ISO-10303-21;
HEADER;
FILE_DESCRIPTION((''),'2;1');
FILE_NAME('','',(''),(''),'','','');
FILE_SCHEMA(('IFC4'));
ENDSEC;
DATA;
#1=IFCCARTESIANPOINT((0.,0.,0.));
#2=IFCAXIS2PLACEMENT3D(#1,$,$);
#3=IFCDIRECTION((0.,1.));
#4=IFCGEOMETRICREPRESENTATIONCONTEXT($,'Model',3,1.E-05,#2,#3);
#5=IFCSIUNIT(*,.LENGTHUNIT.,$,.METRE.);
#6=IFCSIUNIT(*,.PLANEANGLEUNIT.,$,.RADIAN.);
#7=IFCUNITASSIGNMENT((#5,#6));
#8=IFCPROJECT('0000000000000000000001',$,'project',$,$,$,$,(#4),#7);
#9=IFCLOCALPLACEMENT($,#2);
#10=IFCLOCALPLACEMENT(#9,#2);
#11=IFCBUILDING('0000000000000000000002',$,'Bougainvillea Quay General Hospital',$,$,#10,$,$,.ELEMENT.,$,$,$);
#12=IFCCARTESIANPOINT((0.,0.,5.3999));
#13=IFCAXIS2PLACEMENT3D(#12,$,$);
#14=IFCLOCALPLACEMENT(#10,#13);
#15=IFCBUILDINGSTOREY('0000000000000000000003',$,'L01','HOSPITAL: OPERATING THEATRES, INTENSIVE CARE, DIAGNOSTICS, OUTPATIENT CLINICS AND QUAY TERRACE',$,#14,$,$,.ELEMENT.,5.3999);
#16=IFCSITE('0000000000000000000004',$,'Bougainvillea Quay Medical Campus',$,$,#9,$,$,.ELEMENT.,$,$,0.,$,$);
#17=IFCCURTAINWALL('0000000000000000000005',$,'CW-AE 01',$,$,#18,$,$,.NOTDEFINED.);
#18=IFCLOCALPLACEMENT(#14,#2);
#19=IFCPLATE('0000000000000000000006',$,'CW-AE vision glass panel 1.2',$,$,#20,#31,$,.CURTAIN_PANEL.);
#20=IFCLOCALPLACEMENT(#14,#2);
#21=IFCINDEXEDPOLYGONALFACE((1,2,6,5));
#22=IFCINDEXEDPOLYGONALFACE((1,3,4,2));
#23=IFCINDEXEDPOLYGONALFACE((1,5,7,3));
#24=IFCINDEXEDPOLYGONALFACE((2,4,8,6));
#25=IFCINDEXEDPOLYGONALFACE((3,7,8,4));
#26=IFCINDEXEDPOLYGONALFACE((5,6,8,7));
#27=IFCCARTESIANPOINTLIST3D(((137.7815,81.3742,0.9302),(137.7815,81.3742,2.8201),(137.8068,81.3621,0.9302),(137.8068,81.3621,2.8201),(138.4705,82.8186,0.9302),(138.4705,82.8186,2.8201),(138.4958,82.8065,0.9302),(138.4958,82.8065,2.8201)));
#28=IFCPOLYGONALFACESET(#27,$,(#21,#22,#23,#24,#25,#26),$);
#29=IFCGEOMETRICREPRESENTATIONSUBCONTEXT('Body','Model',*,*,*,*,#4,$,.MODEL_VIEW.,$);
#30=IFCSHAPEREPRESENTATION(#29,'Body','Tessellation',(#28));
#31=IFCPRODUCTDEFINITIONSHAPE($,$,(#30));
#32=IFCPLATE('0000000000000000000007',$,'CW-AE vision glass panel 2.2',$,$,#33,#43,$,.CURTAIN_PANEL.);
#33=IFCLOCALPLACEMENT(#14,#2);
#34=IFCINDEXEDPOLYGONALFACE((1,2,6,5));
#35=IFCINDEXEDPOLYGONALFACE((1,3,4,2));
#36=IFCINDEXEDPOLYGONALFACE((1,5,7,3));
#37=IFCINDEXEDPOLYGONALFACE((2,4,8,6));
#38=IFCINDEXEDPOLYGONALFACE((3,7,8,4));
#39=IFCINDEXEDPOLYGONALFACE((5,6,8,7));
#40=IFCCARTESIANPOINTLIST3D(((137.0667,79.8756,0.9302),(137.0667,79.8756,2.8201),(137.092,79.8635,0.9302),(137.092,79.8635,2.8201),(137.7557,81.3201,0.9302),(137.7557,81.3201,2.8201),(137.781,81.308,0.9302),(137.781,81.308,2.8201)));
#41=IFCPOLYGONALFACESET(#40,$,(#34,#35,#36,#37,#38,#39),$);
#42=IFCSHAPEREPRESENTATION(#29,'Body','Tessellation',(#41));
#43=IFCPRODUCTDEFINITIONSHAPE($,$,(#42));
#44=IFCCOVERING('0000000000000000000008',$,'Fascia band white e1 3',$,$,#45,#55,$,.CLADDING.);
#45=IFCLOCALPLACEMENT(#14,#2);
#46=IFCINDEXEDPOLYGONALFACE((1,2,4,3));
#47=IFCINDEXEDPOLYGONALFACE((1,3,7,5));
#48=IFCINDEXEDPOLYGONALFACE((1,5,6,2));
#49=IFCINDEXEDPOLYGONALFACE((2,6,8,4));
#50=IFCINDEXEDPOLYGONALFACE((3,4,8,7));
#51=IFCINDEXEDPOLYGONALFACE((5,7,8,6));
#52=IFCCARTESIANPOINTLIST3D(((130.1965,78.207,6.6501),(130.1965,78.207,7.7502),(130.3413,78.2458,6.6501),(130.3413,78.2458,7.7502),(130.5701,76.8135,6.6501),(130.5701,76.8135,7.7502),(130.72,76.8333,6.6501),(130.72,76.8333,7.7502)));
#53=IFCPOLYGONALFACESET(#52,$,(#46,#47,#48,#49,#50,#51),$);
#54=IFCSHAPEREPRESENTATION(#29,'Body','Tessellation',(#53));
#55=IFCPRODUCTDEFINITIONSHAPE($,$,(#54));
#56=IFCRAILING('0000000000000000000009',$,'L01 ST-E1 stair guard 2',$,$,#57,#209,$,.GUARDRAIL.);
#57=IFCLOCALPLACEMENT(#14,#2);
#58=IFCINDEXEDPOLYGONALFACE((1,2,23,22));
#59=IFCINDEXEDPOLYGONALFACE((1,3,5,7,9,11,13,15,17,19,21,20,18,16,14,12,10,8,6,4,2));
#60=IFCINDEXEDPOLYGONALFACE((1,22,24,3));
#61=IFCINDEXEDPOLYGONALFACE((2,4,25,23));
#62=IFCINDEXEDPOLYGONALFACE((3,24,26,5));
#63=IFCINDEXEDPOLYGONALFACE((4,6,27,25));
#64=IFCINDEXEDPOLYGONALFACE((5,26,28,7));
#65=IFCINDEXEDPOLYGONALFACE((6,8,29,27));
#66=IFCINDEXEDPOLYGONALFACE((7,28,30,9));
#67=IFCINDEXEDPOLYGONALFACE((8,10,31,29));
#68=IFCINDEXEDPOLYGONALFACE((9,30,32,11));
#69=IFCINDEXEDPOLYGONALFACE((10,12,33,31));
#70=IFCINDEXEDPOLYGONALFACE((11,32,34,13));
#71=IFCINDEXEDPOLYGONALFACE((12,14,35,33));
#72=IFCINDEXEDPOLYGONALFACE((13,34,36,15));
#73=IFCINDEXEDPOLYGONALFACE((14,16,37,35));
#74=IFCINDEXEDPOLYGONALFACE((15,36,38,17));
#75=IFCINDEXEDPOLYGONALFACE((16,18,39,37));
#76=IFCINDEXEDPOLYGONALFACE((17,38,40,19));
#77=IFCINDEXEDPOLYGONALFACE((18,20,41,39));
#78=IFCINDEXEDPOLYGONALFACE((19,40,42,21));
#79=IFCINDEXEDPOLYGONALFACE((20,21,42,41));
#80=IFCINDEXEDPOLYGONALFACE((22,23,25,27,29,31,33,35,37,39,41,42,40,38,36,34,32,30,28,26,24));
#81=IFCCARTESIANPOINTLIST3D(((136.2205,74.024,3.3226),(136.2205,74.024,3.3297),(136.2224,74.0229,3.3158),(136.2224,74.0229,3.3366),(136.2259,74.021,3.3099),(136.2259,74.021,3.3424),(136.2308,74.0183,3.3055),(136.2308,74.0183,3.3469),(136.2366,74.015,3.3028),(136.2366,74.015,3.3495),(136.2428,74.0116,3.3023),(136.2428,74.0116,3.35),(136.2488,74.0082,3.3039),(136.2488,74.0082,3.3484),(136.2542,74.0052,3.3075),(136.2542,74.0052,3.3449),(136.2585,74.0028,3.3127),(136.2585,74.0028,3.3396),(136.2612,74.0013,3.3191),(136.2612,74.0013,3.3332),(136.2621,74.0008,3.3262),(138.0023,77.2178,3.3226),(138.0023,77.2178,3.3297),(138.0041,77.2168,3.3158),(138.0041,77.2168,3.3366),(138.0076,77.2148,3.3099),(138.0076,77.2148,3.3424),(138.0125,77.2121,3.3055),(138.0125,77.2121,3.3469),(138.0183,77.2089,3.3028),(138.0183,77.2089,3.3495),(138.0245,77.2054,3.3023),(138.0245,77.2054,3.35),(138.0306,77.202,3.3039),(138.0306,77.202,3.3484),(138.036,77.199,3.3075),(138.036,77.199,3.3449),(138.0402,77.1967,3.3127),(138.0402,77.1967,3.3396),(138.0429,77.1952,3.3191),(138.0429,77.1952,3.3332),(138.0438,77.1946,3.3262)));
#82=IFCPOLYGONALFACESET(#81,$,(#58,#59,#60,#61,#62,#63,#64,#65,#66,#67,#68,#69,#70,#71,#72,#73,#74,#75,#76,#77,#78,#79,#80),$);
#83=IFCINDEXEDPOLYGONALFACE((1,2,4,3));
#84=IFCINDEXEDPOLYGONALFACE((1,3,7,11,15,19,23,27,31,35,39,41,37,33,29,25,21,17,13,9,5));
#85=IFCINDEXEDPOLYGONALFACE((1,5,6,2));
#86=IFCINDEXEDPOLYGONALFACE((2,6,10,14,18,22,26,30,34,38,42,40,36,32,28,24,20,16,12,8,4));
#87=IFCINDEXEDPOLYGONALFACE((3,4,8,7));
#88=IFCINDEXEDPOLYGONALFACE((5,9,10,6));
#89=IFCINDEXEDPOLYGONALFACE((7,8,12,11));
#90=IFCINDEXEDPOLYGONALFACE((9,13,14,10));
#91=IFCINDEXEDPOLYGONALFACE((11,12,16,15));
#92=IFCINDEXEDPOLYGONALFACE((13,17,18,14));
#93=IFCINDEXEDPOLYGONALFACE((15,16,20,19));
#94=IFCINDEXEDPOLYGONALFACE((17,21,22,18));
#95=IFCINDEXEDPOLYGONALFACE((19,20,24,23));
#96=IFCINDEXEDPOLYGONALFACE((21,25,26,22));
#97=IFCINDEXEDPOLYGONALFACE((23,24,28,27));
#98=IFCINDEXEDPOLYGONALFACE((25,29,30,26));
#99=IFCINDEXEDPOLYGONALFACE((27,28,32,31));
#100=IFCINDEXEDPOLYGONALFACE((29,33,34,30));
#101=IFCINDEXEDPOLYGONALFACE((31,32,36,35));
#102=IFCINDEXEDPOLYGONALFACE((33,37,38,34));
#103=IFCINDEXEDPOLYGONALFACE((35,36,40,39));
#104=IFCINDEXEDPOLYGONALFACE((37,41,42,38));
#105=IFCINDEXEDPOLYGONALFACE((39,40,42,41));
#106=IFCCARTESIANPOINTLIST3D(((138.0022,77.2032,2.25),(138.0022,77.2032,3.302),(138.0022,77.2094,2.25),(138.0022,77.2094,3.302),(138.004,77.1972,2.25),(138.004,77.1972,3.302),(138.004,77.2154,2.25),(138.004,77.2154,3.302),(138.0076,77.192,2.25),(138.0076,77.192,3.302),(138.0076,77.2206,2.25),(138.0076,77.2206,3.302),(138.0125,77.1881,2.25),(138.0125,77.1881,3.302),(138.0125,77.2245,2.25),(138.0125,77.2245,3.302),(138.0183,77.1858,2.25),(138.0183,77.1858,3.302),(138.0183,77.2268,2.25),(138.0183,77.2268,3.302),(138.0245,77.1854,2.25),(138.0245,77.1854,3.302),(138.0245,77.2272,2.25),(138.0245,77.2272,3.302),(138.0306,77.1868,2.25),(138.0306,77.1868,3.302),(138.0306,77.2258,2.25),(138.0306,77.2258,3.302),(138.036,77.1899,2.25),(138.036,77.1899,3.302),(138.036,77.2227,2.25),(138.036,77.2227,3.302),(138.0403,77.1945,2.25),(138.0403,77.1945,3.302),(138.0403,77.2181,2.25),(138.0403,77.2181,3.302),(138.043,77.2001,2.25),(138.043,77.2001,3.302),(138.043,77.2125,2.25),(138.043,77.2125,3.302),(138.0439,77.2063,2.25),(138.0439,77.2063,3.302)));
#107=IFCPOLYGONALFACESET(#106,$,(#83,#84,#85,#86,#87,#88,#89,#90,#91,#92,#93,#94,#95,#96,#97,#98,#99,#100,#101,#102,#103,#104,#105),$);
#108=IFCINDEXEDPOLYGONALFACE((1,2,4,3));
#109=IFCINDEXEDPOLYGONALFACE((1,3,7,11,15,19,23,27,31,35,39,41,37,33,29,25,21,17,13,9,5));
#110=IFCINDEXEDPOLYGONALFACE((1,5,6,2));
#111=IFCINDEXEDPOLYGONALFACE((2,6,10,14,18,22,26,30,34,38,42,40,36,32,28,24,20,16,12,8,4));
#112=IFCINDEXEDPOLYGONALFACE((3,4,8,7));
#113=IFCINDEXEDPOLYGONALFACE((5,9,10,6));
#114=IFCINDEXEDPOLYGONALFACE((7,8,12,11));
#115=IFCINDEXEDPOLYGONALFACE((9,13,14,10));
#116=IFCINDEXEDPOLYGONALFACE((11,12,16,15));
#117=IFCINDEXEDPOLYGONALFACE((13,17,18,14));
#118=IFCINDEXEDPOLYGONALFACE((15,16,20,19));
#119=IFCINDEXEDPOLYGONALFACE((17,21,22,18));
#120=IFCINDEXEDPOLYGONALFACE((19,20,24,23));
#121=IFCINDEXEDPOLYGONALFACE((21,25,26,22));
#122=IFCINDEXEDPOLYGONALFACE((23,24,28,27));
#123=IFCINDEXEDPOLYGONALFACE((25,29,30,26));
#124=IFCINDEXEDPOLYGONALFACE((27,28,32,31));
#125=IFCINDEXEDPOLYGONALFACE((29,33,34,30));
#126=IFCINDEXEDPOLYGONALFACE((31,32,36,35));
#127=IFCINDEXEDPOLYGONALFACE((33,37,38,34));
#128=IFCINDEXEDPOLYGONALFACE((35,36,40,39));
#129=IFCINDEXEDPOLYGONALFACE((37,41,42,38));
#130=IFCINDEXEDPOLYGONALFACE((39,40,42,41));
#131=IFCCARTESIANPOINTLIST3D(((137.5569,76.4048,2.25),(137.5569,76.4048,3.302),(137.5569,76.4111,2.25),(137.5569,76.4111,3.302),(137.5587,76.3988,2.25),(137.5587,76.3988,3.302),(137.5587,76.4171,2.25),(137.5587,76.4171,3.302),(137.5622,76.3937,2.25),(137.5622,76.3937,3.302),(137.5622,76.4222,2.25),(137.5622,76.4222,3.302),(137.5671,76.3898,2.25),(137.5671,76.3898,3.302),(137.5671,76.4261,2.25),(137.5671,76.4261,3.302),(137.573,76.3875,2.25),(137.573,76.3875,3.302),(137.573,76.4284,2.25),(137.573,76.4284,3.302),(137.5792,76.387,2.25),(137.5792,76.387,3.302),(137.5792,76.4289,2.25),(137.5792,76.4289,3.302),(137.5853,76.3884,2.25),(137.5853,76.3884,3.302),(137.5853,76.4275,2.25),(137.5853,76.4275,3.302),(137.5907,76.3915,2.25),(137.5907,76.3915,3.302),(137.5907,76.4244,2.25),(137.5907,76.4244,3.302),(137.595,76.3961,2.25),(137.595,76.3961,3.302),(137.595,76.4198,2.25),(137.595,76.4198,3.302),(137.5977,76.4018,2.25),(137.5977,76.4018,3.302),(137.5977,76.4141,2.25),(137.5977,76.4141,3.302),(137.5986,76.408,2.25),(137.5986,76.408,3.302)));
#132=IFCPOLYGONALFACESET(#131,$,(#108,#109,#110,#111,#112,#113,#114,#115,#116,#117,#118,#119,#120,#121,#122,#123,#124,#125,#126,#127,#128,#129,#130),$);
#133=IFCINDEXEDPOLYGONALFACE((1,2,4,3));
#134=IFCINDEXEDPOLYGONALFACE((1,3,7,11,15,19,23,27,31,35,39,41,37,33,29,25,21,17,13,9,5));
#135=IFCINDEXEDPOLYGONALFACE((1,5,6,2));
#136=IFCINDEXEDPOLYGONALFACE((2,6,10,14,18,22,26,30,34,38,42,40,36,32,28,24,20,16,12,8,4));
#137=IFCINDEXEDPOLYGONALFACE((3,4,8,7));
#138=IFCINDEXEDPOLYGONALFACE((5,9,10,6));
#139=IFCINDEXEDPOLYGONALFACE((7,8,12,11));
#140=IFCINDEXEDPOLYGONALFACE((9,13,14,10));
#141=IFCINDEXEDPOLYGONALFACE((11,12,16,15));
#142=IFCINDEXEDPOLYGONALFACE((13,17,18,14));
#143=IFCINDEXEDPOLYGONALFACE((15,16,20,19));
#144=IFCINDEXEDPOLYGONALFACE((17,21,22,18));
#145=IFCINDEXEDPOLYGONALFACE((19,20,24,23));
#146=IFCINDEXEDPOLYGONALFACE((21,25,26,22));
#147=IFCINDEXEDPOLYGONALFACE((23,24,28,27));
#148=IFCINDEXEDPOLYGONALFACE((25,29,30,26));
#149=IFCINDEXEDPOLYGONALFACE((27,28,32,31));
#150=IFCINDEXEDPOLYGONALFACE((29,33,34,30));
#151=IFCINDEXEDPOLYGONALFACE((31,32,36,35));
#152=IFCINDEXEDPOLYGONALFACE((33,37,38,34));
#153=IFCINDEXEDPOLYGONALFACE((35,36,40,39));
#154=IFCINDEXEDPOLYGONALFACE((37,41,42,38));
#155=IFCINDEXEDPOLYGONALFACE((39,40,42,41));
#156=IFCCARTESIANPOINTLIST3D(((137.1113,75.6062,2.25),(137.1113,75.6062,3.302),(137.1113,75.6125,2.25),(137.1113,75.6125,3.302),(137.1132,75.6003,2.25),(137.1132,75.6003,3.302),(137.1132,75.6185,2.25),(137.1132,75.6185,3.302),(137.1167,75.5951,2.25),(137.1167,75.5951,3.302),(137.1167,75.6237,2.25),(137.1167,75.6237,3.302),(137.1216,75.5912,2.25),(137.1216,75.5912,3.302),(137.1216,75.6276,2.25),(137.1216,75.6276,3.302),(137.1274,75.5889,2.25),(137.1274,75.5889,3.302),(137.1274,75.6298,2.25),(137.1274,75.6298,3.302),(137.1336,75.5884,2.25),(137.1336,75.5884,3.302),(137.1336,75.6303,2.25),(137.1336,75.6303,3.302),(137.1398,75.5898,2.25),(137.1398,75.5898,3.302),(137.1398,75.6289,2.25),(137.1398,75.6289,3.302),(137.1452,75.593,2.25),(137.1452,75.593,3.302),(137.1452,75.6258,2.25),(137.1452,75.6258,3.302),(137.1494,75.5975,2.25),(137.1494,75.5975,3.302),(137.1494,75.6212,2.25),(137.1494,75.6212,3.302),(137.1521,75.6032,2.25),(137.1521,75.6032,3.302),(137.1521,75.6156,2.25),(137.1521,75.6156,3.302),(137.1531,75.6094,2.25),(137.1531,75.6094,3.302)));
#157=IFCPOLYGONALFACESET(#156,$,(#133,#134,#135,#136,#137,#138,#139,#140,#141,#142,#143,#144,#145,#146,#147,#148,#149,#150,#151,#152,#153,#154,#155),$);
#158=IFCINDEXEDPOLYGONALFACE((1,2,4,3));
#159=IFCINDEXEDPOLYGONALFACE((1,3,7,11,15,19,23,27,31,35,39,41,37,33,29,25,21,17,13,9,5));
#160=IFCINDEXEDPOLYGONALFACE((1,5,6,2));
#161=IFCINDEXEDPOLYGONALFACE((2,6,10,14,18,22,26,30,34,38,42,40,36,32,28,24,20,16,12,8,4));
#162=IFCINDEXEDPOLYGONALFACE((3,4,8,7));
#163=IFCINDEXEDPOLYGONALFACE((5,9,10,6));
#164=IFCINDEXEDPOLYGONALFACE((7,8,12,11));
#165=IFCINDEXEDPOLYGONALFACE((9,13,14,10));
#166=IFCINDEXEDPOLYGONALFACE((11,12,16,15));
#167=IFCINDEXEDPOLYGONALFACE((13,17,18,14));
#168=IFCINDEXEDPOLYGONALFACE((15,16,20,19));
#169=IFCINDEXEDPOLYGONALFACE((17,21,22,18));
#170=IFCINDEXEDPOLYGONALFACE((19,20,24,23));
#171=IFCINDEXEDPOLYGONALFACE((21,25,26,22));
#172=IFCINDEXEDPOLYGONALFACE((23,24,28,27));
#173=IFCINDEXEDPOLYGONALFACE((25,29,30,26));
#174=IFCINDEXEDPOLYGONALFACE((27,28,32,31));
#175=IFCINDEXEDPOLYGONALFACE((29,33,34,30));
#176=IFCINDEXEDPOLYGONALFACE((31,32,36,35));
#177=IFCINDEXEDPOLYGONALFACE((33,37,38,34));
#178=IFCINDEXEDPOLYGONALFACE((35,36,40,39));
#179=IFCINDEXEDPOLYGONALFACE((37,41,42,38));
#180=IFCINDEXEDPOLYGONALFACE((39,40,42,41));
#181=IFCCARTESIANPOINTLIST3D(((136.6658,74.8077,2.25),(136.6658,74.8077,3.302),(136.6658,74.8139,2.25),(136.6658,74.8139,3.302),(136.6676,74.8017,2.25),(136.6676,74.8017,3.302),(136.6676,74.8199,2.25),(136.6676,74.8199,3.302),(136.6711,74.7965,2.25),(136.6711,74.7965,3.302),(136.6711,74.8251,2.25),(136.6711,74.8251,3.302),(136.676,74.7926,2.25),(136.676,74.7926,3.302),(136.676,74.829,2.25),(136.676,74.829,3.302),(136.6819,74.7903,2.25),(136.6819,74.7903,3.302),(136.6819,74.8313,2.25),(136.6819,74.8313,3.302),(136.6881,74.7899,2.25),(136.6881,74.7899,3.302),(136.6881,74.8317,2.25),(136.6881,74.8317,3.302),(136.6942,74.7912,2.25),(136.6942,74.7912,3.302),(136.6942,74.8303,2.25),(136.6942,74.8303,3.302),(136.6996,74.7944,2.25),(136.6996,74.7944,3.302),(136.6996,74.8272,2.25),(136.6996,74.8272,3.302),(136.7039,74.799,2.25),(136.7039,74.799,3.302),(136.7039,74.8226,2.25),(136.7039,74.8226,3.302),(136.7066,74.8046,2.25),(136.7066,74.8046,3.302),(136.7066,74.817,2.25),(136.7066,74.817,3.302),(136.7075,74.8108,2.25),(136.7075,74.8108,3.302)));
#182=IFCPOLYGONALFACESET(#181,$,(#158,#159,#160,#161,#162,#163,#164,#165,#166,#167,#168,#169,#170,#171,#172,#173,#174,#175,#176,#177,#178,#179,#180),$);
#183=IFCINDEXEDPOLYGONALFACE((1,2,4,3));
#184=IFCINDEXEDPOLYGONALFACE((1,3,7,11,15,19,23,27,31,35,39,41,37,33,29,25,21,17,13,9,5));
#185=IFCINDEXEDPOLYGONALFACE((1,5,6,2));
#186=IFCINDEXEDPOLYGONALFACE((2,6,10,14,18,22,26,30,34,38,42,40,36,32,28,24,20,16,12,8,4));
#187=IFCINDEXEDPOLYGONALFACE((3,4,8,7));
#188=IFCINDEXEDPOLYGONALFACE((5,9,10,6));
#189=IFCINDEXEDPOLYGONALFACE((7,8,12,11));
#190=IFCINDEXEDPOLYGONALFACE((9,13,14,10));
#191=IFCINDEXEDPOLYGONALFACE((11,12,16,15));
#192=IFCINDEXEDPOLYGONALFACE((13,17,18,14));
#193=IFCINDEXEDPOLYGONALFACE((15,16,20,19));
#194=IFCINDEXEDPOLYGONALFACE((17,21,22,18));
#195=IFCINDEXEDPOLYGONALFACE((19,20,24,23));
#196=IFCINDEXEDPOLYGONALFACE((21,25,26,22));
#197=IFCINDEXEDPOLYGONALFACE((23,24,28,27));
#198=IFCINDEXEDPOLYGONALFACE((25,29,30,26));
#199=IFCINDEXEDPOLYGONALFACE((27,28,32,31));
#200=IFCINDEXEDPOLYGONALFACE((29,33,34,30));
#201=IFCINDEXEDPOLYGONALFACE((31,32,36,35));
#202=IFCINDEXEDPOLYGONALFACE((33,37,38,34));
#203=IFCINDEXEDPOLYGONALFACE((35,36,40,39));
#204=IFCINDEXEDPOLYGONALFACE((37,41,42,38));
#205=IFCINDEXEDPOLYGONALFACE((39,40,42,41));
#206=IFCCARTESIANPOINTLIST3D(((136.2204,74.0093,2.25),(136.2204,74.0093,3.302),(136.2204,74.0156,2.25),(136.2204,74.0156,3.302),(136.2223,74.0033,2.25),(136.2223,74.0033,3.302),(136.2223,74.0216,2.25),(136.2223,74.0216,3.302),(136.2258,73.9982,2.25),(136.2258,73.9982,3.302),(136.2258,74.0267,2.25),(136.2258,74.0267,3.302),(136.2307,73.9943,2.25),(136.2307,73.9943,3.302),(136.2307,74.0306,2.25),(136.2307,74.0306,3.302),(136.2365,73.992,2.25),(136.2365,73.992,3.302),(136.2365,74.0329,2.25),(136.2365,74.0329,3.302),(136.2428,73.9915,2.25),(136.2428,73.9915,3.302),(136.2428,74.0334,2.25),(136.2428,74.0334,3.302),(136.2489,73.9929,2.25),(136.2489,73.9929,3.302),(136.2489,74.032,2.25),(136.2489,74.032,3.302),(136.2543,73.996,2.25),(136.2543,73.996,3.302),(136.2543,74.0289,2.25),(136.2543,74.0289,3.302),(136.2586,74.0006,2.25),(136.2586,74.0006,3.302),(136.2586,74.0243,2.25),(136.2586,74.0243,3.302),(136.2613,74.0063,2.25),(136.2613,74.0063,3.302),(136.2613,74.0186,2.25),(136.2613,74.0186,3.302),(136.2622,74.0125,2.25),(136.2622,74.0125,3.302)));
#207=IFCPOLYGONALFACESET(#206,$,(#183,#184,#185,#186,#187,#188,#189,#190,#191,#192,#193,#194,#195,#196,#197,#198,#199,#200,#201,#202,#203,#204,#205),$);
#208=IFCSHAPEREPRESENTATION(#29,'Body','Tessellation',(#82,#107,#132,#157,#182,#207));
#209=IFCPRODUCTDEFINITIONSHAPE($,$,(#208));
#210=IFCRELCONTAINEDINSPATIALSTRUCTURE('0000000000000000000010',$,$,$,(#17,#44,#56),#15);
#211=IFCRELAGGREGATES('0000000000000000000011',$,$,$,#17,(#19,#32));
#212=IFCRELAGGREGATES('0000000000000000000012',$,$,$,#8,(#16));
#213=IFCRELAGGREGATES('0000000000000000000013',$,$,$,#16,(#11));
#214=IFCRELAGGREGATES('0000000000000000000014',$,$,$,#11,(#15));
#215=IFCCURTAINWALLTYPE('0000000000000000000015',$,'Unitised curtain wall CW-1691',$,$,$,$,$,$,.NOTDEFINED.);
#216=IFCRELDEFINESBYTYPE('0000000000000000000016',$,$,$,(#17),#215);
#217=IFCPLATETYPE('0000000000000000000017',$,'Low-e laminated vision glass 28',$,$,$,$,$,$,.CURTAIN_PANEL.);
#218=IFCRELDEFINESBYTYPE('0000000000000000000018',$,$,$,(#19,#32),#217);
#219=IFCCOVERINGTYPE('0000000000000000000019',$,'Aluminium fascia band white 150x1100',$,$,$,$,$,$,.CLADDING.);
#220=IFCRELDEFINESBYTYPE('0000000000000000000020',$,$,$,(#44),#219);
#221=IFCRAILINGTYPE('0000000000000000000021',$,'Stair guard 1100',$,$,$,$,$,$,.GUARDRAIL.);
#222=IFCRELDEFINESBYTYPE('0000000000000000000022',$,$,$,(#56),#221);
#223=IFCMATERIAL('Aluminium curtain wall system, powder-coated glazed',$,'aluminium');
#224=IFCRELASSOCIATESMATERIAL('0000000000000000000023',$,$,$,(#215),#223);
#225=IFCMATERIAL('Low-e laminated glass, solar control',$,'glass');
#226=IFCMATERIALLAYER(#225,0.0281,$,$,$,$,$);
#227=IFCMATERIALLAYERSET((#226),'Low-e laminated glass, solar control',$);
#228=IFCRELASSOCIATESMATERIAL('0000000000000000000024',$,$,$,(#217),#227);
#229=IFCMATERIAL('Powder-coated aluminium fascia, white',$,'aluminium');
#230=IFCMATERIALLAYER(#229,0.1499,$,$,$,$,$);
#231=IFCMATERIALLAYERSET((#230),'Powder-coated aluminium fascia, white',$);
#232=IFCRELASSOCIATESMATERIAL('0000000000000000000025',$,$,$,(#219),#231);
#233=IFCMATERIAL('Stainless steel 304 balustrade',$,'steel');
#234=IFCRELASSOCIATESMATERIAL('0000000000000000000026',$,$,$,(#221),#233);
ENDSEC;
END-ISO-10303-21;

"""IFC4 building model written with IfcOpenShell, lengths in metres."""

from ifc_helpers import new_model, si_unit, direction, frame, origin, origin_2d, place, context, subcontext, project, spatial, polyline, rectangle, circle, outline, extrude, material, layer, layer_set, type_object, element, aggregate, save


model = new_model("IFC4")

# Units and contexts
model_context = context("Model", 3, precision=1e-05, world=origin(), true_north=direction((0.0, 1.0)))
body_context = subcontext(model_context, "Body", "Model", "MODEL_VIEW")
ifc_project = project(units=[si_unit("LENGTHUNIT", "METRE"), si_unit("PLANEANGLEUNIT", "RADIAN")], contexts=[model_context])

# Site, building, storey
site_placement = place(None, origin())
site = spatial("IfcSite", under=ifc_project, at=site_placement, Name="Bougainvillea Quay Medical Campus", CompositionType="ELEMENT", RefElevation=0.0)
building_placement = place(site_placement, origin())
building = spatial("IfcBuilding", under=site, at=building_placement, Name="Bougainvillea Quay General Hospital", CompositionType="ELEMENT")
storey_placement = place(building_placement, frame((0.0, 0.0, 5.3999)))
storey = spatial("IfcBuildingStorey", under=building, at=storey_placement, Name="L01", Description="HOSPITAL: OPERATING THEATRES, INTENSIVE CARE, DIAGNOSTICS, OUTPATIENT CLINICS AND QUAY TERRACE", CompositionType="ELEMENT", Elevation=5.3999)

# Curtain wall, plates
ifc_material_1 = material(Name="Aluminium curtain wall system, powder-coated glazed", Category="aluminium")
curtain_wall_type = type_object("IfcCurtainWallType", Name="Unitised curtain wall CW-1691", PredefinedType="NOTDEFINED", material=ifc_material_1)
curtain_wall_placement = place(storey_placement, origin())
curtain_wall = element("IfcCurtainWall", 1, at=curtain_wall_placement, inside=storey, type_object=curtain_wall_type, Name="CW-AE 01", PredefinedType="NOTDEFINED")
ifc_material_2 = material(Name="Low-e laminated glass, solar control", Category="glass")
ifc_layer_1 = layer(ifc_material_2, 0.0281)
ifc_layer_set_1 = layer_set([ifc_layer_1], Name="Low-e laminated glass, solar control")
plate_type_1 = type_object("IfcPlateType", Name="Low-e laminated vision glass 28", PredefinedType="CURTAIN_PANEL", material=ifc_layer_set_1)
plate_1_placement = place(storey_placement, frame((138.1387, 82.0903, 0.9302), z_axis=(0.0, 0.0, 1.0), x_axis=(-0.43053, -0.902576, 0.0)))
plate_1 = element("IfcPlate", 2, at=plate_1_placement, type_object=plate_type_1, Name="CW-AE vision glass panel 1.2", PredefinedType="CURTAIN_PANEL", context=body_context, shape_type="SweptSolid", body=[
    extrude(rectangle(XDim=1.6003, YDim=0.0281, at=origin_2d()), origin(), (0.0, 0.0, 1.0), 1.8899),
])
plate_2_placement = place(storey_placement, frame((137.4238, 80.5918, 0.9302), z_axis=(0.0, 0.0, 1.0), x_axis=(-0.43053, -0.902576, 0.0)))
plate_2 = element("IfcPlate", 3, at=plate_2_placement, type_object=plate_type_1, Name="CW-AE vision glass panel 2.2", PredefinedType="CURTAIN_PANEL", context=body_context, shape_type="SweptSolid", body=[
    extrude(rectangle(XDim=1.6003, YDim=0.0281, at=origin_2d()), origin(), (0.0, 0.0, 1.0), 1.8899),
])
aggregate(curtain_wall, [plate_1, plate_2])

# Covering
ifc_material_3 = material(Name="Powder-coated aluminium fascia, white", Category="aluminium")
ifc_layer_2 = layer(ifc_material_3, 0.1499)
ifc_layer_set_2 = layer_set([ifc_layer_2], Name="Powder-coated aluminium fascia, white")
covering_type = type_object("IfcCoveringType", Name="Aluminium fascia band white 150x1100", PredefinedType="CLADDING", material=ifc_layer_set_2)
covering_placement = place(storey_placement, frame((130.5701, 76.8135, 6.6501), z_axis=(0.0, 0.0, 1.0), x_axis=(-0.258905, 0.965903, 0.0)))
element("IfcCovering", 4, at=covering_placement, inside=storey, type_object=covering_type, Name="Fascia band white e1 3", PredefinedType="CLADDING", context=body_context, shape_type="SweptSolid", body=[
    extrude(outline(polyline([(0.0, 0.0), (1.4427, 0.0), (1.4428, -0.1499), (-0.0197, -0.1499), (0.0, 0.0)])), origin(), (0.0, 0.0, 1.0), 1.1001),
])

# Railing
ifc_material_4 = material(Name="Stainless steel 304 balustrade", Category="steel")
railing_type = type_object("IfcRailingType", Name="Stair guard 1100", PredefinedType="GUARDRAIL", material=ifc_material_4)
railing_1_placement = place(storey_placement, frame((138.0229, 77.2063, 2.25)))
element("IfcRailing", 5, at=railing_1_placement, inside=storey, type_object=railing_type, Name="L01 ST-E1 stair guard 2", PredefinedType="GUARDRAIL", context=body_context, shape_type="SweptSolid", body=[
    extrude(circle(Radius=0.0239, at=origin_2d()), frame((0.0, 0.0, 1.0762), z_axis=(-0.487184, -0.873299, 0.0), x_axis=(0.873299, -0.487184, 0.0)), (0.0, 0.0, 1.0), 3.6572),
    extrude(circle(Radius=0.021, at=origin_2d()), origin(), (0.0, 0.0, 1.0), 1.052),
    extrude(circle(Radius=0.021, at=origin_2d()), frame((-0.4453, -0.7983, 0.0)), (0.0, 0.0, 1.0), 1.052),
    extrude(circle(Radius=0.021, at=origin_2d()), frame((-0.8909, -1.5969, 0.0)), (0.0, 0.0, 1.0), 1.052),
    extrude(circle(Radius=0.021, at=origin_2d()), frame((-1.3364, -2.3955, 0.0)), (0.0, 0.0, 1.0), 1.052),
    extrude(circle(Radius=0.021, at=origin_2d()), frame((-1.7817, -3.1938, 0.0)), (0.0, 0.0, 1.0), 1.052),
])

save(model, "model.ifc")
